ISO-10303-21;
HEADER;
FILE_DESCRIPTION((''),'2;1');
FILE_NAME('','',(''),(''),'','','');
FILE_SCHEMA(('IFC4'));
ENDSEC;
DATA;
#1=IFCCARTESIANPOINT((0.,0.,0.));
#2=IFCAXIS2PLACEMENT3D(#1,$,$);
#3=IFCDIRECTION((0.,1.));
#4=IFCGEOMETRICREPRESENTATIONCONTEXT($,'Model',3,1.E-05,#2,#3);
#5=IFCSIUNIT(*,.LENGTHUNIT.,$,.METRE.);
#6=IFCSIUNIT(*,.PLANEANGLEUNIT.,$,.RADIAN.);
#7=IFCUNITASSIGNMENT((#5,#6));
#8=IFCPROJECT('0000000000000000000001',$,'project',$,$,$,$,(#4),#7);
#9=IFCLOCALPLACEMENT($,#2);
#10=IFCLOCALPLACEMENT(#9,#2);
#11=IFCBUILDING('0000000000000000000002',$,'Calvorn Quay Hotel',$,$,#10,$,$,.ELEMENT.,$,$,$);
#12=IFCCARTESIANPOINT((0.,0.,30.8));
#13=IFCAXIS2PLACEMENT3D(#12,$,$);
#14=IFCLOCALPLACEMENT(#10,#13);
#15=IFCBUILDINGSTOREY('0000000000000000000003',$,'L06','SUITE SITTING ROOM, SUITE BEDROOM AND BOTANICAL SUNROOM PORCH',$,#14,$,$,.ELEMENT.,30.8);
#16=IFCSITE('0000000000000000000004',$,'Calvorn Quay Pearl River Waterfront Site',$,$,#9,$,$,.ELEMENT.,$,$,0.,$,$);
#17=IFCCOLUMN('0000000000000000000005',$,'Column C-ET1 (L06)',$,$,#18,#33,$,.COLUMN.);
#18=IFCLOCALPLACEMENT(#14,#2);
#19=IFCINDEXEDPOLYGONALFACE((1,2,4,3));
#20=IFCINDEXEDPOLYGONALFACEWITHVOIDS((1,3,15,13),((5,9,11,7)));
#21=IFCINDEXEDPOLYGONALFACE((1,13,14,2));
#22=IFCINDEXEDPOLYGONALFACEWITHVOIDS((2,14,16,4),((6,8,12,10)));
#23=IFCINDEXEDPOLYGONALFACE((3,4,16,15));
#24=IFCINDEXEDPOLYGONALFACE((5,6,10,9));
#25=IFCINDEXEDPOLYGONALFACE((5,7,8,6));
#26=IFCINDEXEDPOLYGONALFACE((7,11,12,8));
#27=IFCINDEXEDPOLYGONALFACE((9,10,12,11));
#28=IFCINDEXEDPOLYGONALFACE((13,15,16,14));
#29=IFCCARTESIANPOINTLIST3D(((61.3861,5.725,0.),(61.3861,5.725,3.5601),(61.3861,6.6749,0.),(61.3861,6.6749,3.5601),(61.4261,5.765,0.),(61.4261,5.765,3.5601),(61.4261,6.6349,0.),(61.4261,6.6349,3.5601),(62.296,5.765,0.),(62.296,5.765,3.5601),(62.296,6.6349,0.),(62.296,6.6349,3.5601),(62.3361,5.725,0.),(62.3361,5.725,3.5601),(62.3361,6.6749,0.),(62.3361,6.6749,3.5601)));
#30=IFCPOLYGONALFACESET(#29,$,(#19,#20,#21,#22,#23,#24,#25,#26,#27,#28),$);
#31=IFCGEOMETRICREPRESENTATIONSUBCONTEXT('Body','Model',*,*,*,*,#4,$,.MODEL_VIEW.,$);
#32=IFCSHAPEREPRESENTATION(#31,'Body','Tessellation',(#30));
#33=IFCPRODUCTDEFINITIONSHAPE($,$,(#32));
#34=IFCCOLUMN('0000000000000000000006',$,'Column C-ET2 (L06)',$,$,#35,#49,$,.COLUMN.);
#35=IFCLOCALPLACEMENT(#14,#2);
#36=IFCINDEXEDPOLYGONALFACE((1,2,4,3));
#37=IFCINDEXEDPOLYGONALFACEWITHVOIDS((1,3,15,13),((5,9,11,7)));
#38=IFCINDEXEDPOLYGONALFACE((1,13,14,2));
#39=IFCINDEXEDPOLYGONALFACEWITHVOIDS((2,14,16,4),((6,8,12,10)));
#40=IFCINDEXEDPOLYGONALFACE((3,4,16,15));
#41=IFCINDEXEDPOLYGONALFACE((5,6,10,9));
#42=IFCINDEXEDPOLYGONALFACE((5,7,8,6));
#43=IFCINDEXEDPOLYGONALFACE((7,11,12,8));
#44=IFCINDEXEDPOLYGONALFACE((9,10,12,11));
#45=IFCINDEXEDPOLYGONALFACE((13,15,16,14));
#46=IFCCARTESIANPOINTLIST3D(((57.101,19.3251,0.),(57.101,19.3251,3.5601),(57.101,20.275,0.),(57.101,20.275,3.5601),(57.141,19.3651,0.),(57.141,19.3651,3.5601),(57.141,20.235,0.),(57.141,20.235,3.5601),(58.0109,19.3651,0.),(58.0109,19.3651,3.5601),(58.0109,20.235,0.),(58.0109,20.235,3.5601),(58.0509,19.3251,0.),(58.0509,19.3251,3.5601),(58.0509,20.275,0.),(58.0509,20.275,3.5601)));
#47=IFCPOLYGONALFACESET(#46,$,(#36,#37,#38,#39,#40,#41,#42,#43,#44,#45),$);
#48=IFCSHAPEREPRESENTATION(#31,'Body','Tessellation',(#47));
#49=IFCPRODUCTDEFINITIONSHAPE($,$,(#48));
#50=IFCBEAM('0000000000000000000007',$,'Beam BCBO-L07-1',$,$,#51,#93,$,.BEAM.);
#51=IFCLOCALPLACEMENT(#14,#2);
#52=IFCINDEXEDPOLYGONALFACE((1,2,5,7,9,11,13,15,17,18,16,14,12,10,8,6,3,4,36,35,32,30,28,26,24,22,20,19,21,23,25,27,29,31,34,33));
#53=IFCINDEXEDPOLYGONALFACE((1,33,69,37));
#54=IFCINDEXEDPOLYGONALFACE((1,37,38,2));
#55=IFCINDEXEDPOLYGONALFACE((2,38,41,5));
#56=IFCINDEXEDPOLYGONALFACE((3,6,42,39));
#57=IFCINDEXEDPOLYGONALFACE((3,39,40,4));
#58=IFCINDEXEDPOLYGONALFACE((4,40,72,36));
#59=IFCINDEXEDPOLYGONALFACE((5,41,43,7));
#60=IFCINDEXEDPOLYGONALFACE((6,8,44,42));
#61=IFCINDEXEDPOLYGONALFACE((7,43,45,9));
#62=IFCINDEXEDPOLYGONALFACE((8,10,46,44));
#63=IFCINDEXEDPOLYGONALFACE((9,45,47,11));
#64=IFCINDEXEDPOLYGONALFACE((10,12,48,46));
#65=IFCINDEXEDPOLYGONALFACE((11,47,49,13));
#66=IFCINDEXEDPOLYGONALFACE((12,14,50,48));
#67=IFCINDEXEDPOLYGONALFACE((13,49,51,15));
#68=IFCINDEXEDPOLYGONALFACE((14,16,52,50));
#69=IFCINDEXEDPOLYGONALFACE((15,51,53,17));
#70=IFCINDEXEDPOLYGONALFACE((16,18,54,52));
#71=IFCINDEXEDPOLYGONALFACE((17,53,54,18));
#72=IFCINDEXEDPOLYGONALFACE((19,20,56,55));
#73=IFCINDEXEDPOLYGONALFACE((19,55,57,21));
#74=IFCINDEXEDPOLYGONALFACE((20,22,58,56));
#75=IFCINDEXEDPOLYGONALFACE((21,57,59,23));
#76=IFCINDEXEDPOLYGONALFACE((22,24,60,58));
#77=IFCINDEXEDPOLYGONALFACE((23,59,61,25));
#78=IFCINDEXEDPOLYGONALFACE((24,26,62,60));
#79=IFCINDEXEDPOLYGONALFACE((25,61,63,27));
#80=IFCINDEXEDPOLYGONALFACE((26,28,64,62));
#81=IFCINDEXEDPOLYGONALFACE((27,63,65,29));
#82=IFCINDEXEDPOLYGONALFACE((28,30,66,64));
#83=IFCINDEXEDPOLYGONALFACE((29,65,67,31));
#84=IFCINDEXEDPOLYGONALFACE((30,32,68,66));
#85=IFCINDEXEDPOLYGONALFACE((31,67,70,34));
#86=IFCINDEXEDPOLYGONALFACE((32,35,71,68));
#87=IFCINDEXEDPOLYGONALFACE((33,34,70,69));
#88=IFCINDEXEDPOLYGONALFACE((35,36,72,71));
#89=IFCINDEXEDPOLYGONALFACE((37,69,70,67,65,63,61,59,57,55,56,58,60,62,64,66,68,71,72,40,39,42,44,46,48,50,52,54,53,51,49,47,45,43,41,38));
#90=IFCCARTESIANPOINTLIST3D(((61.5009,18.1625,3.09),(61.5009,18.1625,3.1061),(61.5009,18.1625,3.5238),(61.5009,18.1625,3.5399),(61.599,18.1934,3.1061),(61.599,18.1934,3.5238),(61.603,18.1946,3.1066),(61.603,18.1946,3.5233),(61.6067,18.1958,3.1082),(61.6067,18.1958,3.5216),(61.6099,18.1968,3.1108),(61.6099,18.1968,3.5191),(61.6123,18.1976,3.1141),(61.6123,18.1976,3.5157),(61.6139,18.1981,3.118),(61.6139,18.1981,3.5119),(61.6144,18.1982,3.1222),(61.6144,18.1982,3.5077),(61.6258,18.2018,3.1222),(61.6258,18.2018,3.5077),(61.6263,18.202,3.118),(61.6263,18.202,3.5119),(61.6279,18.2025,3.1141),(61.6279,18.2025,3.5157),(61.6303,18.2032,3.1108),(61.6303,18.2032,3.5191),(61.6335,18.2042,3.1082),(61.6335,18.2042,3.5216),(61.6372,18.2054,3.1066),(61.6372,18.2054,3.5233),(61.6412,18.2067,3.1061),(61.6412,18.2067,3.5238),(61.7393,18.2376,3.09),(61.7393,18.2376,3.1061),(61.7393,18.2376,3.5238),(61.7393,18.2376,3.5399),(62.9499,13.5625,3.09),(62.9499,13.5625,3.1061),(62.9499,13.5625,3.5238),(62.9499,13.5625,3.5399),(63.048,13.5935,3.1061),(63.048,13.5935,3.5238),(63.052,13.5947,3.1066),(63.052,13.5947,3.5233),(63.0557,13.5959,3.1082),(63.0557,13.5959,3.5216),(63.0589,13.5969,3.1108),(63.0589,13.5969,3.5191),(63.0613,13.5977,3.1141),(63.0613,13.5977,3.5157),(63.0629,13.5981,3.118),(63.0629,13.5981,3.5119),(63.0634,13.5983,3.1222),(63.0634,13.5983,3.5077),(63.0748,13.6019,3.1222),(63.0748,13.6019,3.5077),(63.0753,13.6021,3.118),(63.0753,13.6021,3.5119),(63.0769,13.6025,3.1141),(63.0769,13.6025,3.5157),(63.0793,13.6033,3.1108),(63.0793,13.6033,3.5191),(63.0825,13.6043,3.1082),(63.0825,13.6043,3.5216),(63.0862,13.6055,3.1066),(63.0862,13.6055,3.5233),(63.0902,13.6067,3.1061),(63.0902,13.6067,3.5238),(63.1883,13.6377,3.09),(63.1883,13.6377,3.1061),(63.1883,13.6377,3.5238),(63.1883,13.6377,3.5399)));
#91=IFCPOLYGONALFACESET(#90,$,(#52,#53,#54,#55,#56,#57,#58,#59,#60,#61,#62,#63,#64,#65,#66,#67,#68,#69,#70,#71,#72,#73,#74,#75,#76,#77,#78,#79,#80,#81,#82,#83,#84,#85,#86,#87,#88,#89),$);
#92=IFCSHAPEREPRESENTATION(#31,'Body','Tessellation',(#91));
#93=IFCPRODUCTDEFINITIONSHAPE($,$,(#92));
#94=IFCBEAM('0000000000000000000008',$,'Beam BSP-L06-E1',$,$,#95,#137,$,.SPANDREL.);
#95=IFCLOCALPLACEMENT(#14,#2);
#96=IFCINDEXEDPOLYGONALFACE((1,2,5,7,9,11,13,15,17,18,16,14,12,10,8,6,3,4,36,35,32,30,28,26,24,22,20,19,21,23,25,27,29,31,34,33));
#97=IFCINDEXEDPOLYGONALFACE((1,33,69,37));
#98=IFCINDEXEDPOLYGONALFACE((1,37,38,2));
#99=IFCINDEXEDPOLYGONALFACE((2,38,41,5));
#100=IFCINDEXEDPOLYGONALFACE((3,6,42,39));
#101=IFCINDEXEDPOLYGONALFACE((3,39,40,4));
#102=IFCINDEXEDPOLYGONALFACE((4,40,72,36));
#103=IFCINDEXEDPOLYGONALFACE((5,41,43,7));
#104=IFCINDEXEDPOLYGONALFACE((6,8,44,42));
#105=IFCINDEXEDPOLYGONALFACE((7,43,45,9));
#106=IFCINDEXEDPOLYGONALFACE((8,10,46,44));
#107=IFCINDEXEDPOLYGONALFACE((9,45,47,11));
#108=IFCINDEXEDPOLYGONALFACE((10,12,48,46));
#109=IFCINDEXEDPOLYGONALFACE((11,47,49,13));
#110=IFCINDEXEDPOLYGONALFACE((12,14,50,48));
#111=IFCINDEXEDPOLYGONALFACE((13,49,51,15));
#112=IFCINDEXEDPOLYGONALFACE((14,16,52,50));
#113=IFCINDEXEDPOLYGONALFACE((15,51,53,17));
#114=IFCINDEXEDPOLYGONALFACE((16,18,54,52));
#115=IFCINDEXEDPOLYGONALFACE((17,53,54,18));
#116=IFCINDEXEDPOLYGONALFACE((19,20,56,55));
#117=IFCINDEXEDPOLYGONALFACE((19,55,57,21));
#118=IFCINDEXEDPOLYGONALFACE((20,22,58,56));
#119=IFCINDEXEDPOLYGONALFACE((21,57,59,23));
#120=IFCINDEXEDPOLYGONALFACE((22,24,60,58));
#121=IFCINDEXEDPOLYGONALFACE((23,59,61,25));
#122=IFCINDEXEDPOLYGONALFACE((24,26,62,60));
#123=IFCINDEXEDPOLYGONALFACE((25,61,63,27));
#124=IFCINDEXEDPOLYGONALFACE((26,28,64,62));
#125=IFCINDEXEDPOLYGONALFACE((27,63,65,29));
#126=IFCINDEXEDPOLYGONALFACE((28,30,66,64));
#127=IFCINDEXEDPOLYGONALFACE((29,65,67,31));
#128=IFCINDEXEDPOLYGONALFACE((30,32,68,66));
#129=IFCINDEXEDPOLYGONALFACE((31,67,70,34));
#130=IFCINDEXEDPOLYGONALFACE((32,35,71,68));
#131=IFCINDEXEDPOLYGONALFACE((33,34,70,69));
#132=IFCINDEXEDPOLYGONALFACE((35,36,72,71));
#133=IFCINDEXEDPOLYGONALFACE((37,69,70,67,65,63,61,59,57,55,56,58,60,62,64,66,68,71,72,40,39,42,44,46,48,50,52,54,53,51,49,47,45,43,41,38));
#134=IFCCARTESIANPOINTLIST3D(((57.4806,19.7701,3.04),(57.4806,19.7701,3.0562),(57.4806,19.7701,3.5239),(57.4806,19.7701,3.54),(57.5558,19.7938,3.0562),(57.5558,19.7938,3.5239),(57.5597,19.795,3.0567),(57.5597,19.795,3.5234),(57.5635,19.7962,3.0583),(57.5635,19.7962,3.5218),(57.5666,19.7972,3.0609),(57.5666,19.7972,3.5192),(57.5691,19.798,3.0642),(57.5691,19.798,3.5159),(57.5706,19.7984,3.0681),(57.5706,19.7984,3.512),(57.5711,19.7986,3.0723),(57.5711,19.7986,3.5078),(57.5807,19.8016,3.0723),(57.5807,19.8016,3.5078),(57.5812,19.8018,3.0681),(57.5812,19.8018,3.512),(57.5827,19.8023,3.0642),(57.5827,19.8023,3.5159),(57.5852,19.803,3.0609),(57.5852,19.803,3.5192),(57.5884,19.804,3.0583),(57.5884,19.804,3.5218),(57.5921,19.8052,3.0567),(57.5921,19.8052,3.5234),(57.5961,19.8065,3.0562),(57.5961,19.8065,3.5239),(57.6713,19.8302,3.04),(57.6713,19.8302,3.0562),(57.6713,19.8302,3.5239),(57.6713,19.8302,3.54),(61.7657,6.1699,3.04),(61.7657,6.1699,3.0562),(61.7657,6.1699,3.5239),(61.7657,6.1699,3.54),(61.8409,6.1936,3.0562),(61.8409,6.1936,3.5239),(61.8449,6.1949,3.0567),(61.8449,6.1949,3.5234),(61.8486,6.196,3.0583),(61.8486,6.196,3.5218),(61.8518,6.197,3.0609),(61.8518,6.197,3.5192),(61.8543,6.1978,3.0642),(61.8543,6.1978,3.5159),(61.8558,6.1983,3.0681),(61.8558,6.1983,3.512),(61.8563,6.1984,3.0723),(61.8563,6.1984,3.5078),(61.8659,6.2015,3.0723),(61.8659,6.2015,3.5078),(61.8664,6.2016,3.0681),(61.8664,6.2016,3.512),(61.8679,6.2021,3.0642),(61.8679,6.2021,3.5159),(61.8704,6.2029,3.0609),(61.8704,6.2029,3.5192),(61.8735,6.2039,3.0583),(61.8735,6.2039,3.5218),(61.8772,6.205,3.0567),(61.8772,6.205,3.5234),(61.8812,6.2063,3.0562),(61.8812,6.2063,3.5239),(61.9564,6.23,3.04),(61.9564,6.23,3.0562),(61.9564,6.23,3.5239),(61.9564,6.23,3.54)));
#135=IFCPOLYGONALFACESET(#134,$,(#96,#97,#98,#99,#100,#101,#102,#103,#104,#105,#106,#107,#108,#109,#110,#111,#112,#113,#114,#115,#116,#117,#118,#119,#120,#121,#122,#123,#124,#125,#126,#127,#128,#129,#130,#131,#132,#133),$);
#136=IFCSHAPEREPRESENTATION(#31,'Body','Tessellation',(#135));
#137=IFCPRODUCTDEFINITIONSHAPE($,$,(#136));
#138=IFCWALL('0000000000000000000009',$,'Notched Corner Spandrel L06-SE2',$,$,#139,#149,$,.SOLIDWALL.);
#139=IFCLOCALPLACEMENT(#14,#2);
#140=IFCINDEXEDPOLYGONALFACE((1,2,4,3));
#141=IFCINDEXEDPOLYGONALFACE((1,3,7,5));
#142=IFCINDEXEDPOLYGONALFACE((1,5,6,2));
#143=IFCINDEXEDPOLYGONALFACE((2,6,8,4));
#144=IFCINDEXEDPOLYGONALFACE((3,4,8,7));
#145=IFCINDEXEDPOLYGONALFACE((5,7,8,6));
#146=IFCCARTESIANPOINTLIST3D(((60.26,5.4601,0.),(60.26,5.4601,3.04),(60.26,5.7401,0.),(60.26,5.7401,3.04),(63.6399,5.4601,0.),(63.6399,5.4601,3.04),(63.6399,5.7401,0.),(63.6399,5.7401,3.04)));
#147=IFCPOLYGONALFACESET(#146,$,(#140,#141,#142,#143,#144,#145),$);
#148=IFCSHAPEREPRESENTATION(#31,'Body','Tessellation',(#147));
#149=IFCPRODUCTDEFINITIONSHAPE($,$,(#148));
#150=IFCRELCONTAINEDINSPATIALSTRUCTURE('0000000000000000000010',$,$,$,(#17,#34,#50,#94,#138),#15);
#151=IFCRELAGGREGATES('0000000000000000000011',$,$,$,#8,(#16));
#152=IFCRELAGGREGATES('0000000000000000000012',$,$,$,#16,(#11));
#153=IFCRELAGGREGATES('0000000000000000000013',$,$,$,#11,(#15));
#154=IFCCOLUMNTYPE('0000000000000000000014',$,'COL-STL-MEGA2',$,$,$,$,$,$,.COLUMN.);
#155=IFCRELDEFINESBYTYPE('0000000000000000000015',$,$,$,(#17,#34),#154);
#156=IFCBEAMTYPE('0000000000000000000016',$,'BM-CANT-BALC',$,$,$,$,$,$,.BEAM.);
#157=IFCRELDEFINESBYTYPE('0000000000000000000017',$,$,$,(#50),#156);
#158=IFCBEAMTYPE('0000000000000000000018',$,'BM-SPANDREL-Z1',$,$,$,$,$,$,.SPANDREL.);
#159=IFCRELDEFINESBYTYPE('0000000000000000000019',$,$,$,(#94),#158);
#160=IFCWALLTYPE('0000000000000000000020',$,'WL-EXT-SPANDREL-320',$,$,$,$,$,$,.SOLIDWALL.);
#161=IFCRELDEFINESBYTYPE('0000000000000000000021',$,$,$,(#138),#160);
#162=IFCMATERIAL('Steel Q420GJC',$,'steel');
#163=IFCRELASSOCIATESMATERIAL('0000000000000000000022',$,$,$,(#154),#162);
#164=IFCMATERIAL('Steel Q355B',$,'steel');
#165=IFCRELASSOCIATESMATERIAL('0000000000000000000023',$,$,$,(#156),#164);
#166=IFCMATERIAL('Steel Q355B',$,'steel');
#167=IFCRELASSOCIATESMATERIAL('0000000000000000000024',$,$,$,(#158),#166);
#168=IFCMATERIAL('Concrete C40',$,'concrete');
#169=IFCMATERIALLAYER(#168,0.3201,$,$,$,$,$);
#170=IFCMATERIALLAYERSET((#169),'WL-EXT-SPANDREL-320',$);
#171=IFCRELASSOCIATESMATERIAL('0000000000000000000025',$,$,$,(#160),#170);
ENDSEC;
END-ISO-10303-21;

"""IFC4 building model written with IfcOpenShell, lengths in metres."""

from ifc_helpers import new_model, si_unit, direction, frame, frame_2d, origin, origin_2d, place, context, subcontext, project, spatial, rectangle, hollow_rectangle, i_section, extrude, material, layer, layer_set, material_profile, profile_set, type_object, element, save


model = new_model("IFC4")

# Units and contexts
model_context = context("Model", 3, precision=1e-05, world=origin(), true_north=direction((0.0, 1.0)))
body_context = subcontext(model_context, "Body", "Model", "MODEL_VIEW")
ifc_project = project(units=[si_unit("LENGTHUNIT", "METRE"), si_unit("PLANEANGLEUNIT", "RADIAN")], contexts=[model_context])

# Site, building, storey
site_placement = place(None, origin())
site = spatial("IfcSite", under=ifc_project, at=site_placement, Name="Calvorn Quay Pearl River Waterfront Site", CompositionType="ELEMENT", RefElevation=0.0)
building_placement = place(site_placement, origin())
building = spatial("IfcBuilding", under=site, at=building_placement, Name="Calvorn Quay Hotel", CompositionType="ELEMENT")
storey_placement = place(building_placement, frame((0.0, 0.0, 30.8)))
storey = spatial("IfcBuildingStorey", under=building, at=storey_placement, Name="L06", Description="SUITE SITTING ROOM, SUITE BEDROOM AND BOTANICAL SUNROOM PORCH", CompositionType="ELEMENT", Elevation=30.8)

# Columns
ifc_material_1 = material(Name="Steel Q420GJC", Category="steel")
ifc_material_profile_1 = material_profile(ifc_material_1, hollow_rectangle(XDim=0.95, YDim=0.95, WallThickness=0.04, at=origin_2d()), Name="BOX950x950x40")
ifc_profile_set_1 = profile_set([ifc_material_profile_1], Name="Steel Q420GJC")
column_type = type_object("IfcColumnType", Name="COL-STL-MEGA2", PredefinedType="COLUMN", material=ifc_profile_set_1)
for number, where, z_axis, x_axis, name in (
    (1, (61.8611, 6.2, 0.0), (0.0, 0.0, 1.0), (1.0, 0.0, 0.0), "Column C-ET1 (L06)"),
    (2, (57.5759, 19.8, 0.0), (0.0, 0.0, 1.0), (1.0, 0.0, 0.0), "Column C-ET2 (L06)"),
):
    element("IfcColumn", number, at=place(storey_placement, frame(where, z_axis=z_axis, x_axis=x_axis)), inside=storey, type_object=column_type, Name=name, PredefinedType="COLUMN", context=body_context, shape_type="SweptSolid", body=[
        extrude(hollow_rectangle(XDim=0.95, YDim=0.95, WallThickness=0.04, at=origin_2d()), origin(), (0.0, 0.0, 1.0), 3.5601),
    ])

# Beams
ifc_material_2 = material(Name="Steel Q355B", Category="steel")
ifc_material_profile_2 = material_profile(ifc_material_2, i_section(OverallWidth=0.25, OverallDepth=0.45, WebThickness=0.012, FlangeThickness=0.0161, FilletRadius=0.0161, at=origin_2d()), Name="HN450x250x12x16")
ifc_profile_set_2 = profile_set([ifc_material_profile_2], Name="Steel Q355B")
beam_type_1 = type_object("IfcBeamType", Name="BM-CANT-BALC", PredefinedType="BEAM", material=ifc_profile_set_2)
beam_1_placement = place(storey_placement, frame((63.0691, 13.6001, 3.3149), z_axis=(-0.30045, 0.953797, 0.0), x_axis=(-0.953797, -0.30045, 0.0)))
element("IfcBeam", 3, at=beam_1_placement, inside=storey, type_object=beam_type_1, Name="Beam BCBO-L07-1", PredefinedType="BEAM", context=body_context, shape_type="SweptSolid", body=[
    extrude(i_section(OverallWidth=0.25, OverallDepth=0.45, WebThickness=0.012, FlangeThickness=0.0161, FilletRadius=0.0161, at=origin_2d()), origin(), (0.0, 0.0, 1.0), 4.8228),
])
ifc_material_3 = material(Name="Steel Q355B", Category="steel")
ifc_material_profile_3 = material_profile(ifc_material_3, i_section(OverallWidth=0.2, OverallDepth=0.5, WebThickness=0.01, FlangeThickness=0.0161, FilletRadius=0.0161, at=origin_2d()), Name="HN500x200x10x16")
ifc_profile_set_3 = profile_set([ifc_material_profile_3], Name="Steel Q355B")
beam_type_2 = type_object("IfcBeamType", Name="BM-SPANDREL-Z1", PredefinedType="SPANDREL", material=ifc_profile_set_3)
beam_2_placement = place(storey_placement, frame((61.8611, 6.2, 3.29), z_axis=(-0.300518, 0.953776, 0.0), x_axis=(-0.953776, -0.300518, 0.0)))
element("IfcBeam", 4, at=beam_2_placement, inside=storey, type_object=beam_type_2, Name="Beam BSP-L06-E1", PredefinedType="SPANDREL", context=body_context, shape_type="SweptSolid", body=[
    extrude(i_section(OverallWidth=0.2, OverallDepth=0.5, WebThickness=0.01, FlangeThickness=0.0161, FilletRadius=0.0161, at=origin_2d()), origin(), (0.0, 0.0, 1.0), 14.2593),
])

# Wall
ifc_material_4 = material(Name="Concrete C40", Category="concrete")
ifc_layer = layer(ifc_material_4, 0.3201)
ifc_layer_set = layer_set([ifc_layer], Name="WL-EXT-SPANDREL-320")
wall_type = type_object("IfcWallType", Name="WL-EXT-SPANDREL-320", PredefinedType="SOLIDWALL", material=ifc_layer_set)
wall_1_placement = place(storey_placement, frame((60.26, 5.6001, 0.0), z_axis=(0.0, 0.0, 1.0), x_axis=(1.0, 0.0, 0.0)))
element("IfcWall", 5, at=wall_1_placement, inside=storey, type_object=wall_type, Name="Notched Corner Spandrel L06-SE2", PredefinedType="SOLIDWALL", context=body_context, shape_type="SweptSolid", body=[
    extrude(rectangle(XDim=3.3799, YDim=0.28, at=frame_2d((1.6899, 0.0))), origin(), (0.0, 0.0, 1.0), 3.04),
])

save(model, "model.ifc")
